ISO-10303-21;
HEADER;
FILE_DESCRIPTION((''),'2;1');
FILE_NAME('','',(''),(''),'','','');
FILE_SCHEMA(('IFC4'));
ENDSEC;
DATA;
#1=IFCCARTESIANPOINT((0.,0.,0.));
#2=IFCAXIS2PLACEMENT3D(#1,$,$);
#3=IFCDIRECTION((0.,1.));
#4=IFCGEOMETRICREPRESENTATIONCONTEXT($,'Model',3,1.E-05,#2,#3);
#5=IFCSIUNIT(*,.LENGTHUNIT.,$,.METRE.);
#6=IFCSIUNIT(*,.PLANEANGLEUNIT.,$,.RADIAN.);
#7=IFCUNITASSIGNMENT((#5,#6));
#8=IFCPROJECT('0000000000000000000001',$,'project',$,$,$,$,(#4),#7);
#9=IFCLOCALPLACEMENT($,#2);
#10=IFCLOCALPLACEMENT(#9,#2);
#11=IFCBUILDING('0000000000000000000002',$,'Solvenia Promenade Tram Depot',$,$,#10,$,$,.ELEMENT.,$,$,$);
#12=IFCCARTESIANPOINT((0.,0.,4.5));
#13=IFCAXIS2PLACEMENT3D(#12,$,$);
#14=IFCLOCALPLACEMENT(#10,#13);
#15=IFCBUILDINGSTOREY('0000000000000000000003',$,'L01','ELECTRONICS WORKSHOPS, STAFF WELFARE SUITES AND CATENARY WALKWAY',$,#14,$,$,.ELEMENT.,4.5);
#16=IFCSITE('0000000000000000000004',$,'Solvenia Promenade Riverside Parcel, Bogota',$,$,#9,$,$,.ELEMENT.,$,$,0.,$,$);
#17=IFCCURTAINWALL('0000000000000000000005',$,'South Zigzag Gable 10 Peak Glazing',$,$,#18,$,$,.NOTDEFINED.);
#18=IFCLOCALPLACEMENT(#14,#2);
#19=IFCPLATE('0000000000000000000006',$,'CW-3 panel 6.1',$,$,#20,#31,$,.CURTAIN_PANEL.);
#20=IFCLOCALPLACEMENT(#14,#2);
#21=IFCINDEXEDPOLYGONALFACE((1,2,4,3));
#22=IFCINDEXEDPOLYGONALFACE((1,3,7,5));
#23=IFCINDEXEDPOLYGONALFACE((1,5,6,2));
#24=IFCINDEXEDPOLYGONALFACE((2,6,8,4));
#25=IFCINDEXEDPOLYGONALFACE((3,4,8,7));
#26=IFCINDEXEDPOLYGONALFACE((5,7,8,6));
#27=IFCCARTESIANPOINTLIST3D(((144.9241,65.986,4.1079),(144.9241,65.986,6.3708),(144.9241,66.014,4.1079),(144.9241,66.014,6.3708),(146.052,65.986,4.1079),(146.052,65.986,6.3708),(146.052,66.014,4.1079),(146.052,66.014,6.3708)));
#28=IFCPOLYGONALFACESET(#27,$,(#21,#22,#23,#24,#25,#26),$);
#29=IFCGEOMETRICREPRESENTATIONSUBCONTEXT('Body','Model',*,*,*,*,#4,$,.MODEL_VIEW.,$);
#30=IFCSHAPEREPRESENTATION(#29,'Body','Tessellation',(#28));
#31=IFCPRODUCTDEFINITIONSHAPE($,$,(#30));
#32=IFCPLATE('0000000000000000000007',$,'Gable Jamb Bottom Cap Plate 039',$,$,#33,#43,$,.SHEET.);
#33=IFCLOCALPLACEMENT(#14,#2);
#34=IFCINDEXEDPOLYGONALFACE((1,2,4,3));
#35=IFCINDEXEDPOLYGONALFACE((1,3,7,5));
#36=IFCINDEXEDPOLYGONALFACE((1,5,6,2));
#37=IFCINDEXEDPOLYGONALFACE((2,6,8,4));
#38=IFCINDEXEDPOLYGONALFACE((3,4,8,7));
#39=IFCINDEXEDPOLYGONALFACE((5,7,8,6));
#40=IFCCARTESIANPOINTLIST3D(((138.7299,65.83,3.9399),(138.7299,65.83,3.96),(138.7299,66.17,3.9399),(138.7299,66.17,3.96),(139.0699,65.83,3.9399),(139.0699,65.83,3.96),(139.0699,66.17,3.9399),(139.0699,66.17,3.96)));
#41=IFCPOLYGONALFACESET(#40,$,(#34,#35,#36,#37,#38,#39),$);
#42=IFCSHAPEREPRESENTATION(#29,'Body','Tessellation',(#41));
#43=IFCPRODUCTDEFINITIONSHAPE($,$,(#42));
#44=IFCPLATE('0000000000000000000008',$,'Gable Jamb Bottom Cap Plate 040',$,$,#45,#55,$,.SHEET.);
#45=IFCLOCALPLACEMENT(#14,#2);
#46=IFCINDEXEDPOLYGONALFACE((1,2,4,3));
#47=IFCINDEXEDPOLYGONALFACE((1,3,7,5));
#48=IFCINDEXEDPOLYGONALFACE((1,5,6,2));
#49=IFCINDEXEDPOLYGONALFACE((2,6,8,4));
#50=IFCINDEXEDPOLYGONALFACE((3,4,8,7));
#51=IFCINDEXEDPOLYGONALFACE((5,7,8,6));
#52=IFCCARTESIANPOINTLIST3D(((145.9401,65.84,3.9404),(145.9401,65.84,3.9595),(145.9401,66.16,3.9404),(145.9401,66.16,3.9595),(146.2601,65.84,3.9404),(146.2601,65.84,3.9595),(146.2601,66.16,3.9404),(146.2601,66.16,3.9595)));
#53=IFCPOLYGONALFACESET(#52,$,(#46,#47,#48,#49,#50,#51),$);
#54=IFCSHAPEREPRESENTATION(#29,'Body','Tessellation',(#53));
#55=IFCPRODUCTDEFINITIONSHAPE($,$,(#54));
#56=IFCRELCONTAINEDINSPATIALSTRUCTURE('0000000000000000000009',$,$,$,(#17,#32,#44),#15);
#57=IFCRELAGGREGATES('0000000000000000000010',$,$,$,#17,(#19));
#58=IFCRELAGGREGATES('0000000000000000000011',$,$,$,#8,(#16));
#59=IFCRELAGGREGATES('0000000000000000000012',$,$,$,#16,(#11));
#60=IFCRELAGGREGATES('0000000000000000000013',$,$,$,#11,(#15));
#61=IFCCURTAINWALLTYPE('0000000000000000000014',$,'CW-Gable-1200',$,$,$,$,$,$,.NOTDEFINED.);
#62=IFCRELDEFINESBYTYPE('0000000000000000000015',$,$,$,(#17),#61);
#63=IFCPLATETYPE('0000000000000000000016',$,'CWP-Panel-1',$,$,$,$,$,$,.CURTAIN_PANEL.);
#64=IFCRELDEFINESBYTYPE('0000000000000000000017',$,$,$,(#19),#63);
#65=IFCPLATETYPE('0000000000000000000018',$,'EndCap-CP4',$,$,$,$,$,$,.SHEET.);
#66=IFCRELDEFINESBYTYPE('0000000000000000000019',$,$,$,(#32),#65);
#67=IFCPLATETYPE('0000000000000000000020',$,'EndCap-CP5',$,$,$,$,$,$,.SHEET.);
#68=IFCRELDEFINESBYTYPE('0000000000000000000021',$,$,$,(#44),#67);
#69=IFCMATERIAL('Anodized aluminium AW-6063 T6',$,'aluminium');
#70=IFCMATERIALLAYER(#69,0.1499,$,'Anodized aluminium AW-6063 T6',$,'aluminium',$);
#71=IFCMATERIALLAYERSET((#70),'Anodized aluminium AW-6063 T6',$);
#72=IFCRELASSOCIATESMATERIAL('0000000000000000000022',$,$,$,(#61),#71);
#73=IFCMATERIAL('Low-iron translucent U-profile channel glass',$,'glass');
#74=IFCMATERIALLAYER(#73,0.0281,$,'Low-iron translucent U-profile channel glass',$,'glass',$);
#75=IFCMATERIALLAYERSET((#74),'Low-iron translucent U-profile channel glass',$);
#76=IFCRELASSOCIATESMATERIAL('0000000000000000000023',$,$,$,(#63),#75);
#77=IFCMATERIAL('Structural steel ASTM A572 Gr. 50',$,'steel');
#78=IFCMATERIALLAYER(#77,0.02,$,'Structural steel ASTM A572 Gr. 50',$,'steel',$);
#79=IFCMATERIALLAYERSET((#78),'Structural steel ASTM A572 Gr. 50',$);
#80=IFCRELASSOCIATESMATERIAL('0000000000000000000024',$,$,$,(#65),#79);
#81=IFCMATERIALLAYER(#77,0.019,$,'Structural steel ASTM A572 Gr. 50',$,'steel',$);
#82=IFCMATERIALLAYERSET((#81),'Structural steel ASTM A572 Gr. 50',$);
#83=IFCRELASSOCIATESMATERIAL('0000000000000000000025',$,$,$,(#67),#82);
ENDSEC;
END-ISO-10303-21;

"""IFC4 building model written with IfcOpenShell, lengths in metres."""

from ifc_helpers import new_model, si_unit, direction, frame, origin, origin_2d, place, context, subcontext, project, spatial, rectangle, extrude, material, layer, layer_set, type_object, element, aggregate, save


model = new_model("IFC4")

# Units and contexts
model_context = context("Model", 3, precision=1e-05, world=origin(), true_north=direction((0.0, 1.0)))
body_context = subcontext(model_context, "Body", "Model", "MODEL_VIEW")
ifc_project = project(units=[si_unit("LENGTHUNIT", "METRE"), si_unit("PLANEANGLEUNIT", "RADIAN")], contexts=[model_context])

# Site, building, storey
site_placement = place(None, origin())
site = spatial("IfcSite", under=ifc_project, at=site_placement, Name="Solvenia Promenade Riverside Parcel, Bogota", CompositionType="ELEMENT", RefElevation=0.0)
building_placement = place(site_placement, origin())
building = spatial("IfcBuilding", under=site, at=building_placement, Name="Solvenia Promenade Tram Depot", CompositionType="ELEMENT")
storey_placement = place(building_placement, frame((0.0, 0.0, 4.5)))
storey = spatial("IfcBuildingStorey", under=building, at=storey_placement, Name="L01", Description="ELECTRONICS WORKSHOPS, STAFF WELFARE SUITES AND CATENARY WALKWAY", CompositionType="ELEMENT", Elevation=4.5)

# Curtain wall
ifc_material_1 = material(Name="Anodized aluminium AW-6063 T6", Category="aluminium")
ifc_layer_1 = layer(ifc_material_1, 0.1499, Name="Anodized aluminium AW-6063 T6", Category="aluminium")
ifc_layer_set_1 = layer_set([ifc_layer_1], Name="Anodized aluminium AW-6063 T6")
curtain_wall_type = type_object("IfcCurtainWallType", Name="CW-Gable-1200", PredefinedType="NOTDEFINED", material=ifc_layer_set_1)
curtain_wall_placement = place(storey_placement, origin())
curtain_wall = element("IfcCurtainWall", 1, at=curtain_wall_placement, inside=storey, type_object=curtain_wall_type, Name="South Zigzag Gable 10 Peak Glazing", PredefinedType="NOTDEFINED")

# Plate
ifc_material_2 = material(Name="Low-iron translucent U-profile channel glass", Category="glass")
ifc_layer_2 = layer(ifc_material_2, 0.0281, Name="Low-iron translucent U-profile channel glass", Category="glass")
ifc_layer_set_2 = layer_set([ifc_layer_2], Name="Low-iron translucent U-profile channel glass")
plate_type_1 = type_object("IfcPlateType", Name="CWP-Panel-1", PredefinedType="CURTAIN_PANEL", material=ifc_layer_set_2)
plate_1_placement = place(storey_placement, frame((145.488, 66.0, 4.1079), z_axis=(0.0, 0.0, 1.0), x_axis=(1.0, 0.0, 0.0)))
plate_1 = element("IfcPlate", 2, at=plate_1_placement, type_object=plate_type_1, Name="CW-3 panel 6.1", PredefinedType="CURTAIN_PANEL", context=body_context, shape_type="SweptSolid", body=[
    extrude(rectangle(XDim=1.1279, YDim=0.0281, at=origin_2d()), origin(), (0.0, 0.0, 1.0), 2.2629),
])
aggregate(curtain_wall, [plate_1])

# Plates
ifc_material_3 = material(Name="Structural steel ASTM A572 Gr. 50", Category="steel")
ifc_layer_3 = layer(ifc_material_3, 0.02, Name="Structural steel ASTM A572 Gr. 50", Category="steel")
ifc_layer_set_3 = layer_set([ifc_layer_3], Name="Structural steel ASTM A572 Gr. 50")
plate_type_2 = type_object("IfcPlateType", Name="EndCap-CP4", PredefinedType="SHEET", material=ifc_layer_set_3)
plate_2_placement = place(storey_placement, frame((138.8999, 66.0, 3.9399), z_axis=(0.0, 0.0, 1.0), x_axis=(1.0, 0.0, 0.0)))
element("IfcPlate", 3, at=plate_2_placement, inside=storey, type_object=plate_type_2, Name="Gable Jamb Bottom Cap Plate 039", PredefinedType="SHEET", context=body_context, shape_type="SweptSolid", body=[
    extrude(rectangle(XDim=0.3401, YDim=0.3401, at=origin_2d()), origin(), (0.0, 0.0, 1.0), 0.02),
])
ifc_layer_4 = layer(ifc_material_3, 0.019, Name="Structural steel ASTM A572 Gr. 50", Category="steel")
ifc_layer_set_4 = layer_set([ifc_layer_4], Name="Structural steel ASTM A572 Gr. 50")
plate_type_3 = type_object("IfcPlateType", Name="EndCap-CP5", PredefinedType="SHEET", material=ifc_layer_set_4)
plate_3_placement = place(storey_placement, frame((146.1001, 66.0, 3.9404), z_axis=(0.0, 0.0, 1.0), x_axis=(1.0, 0.0, 0.0)))
element("IfcPlate", 4, at=plate_3_placement, inside=storey, type_object=plate_type_3, Name="Gable Jamb Bottom Cap Plate 040", PredefinedType="SHEET", context=body_context, shape_type="SweptSolid", body=[
    extrude(rectangle(XDim=0.3201, YDim=0.3201, at=origin_2d()), origin(), (0.0, 0.0, 1.0), 0.019),
])

save(model, "model.ifc")
